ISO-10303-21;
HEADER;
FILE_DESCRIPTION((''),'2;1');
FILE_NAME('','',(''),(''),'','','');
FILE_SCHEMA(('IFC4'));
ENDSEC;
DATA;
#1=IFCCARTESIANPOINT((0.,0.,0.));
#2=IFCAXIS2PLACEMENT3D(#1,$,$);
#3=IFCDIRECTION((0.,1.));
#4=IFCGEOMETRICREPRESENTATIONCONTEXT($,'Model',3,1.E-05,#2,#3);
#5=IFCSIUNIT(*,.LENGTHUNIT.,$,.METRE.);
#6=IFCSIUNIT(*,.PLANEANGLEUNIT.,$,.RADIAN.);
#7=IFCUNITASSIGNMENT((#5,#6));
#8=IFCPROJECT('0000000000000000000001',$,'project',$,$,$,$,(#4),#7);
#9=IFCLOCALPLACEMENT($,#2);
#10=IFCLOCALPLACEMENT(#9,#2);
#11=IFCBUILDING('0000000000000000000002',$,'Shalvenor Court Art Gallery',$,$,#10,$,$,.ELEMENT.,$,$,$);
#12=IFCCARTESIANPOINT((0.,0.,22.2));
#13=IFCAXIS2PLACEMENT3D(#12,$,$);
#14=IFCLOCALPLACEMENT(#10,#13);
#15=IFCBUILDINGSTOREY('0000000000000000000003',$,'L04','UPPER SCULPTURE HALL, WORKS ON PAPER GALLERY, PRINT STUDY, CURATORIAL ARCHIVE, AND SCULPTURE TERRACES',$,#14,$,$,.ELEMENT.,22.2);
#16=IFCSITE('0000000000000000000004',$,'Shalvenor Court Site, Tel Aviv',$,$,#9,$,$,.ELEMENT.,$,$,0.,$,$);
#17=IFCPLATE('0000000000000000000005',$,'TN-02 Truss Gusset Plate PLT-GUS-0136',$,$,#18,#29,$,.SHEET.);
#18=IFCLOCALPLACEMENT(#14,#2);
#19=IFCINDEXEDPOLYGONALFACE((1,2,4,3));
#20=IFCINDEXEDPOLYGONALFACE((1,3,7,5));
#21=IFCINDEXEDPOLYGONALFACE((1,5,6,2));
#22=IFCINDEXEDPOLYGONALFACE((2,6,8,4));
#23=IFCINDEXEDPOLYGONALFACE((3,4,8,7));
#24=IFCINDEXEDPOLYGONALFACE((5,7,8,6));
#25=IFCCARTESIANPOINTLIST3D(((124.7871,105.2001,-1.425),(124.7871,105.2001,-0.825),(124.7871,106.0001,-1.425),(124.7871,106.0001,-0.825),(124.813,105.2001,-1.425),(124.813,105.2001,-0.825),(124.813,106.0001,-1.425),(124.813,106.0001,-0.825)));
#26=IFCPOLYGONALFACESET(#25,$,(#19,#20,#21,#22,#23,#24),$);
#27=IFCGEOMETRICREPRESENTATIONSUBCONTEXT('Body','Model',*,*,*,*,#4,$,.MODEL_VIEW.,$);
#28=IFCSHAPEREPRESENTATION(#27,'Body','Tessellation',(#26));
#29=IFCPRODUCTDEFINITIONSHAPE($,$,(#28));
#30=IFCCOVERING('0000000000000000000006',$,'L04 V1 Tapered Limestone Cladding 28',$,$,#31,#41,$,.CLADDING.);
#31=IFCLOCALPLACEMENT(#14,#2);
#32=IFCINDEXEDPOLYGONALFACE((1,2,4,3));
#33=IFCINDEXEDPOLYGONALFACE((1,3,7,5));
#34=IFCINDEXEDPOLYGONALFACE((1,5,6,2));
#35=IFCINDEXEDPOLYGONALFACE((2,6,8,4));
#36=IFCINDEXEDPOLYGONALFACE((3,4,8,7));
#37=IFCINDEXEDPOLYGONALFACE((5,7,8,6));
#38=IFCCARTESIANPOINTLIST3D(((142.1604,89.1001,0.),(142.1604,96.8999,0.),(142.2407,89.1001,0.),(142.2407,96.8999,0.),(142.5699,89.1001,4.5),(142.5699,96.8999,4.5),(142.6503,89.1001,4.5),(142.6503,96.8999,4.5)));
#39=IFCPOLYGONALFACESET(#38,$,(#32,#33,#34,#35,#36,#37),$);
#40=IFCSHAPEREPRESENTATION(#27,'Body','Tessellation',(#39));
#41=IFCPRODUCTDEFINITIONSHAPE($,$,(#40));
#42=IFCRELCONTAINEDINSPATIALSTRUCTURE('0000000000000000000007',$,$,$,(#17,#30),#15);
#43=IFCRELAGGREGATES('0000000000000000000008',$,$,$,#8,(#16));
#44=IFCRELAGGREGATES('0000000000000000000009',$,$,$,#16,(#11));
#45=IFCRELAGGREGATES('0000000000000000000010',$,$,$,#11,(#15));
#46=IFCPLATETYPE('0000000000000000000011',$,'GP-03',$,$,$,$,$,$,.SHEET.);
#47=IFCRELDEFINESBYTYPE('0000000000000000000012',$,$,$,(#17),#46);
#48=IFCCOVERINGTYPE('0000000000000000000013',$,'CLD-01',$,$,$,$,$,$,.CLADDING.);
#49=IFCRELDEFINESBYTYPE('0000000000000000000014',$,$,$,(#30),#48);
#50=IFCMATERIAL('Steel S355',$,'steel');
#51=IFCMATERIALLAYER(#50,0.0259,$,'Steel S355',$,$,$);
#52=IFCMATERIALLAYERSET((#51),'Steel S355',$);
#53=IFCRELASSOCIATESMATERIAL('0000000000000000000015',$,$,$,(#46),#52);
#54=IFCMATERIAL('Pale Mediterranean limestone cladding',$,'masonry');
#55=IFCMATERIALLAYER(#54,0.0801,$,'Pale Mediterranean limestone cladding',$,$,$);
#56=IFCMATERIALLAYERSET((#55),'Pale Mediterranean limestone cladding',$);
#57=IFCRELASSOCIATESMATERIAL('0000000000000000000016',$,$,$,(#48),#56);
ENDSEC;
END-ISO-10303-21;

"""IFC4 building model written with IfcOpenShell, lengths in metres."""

from ifc_helpers import new_model, si_unit, direction, frame, origin, origin_2d, place, context, subcontext, project, spatial, polyline, rectangle, outline, extrude, material, layer, layer_set, type_object, element, save


model = new_model("IFC4")

# Units and contexts
model_context = context("Model", 3, precision=1e-05, world=origin(), true_north=direction((0.0, 1.0)))
body_context = subcontext(model_context, "Body", "Model", "MODEL_VIEW")
ifc_project = project(units=[si_unit("LENGTHUNIT", "METRE"), si_unit("PLANEANGLEUNIT", "RADIAN")], contexts=[model_context])

# Site, building, storey
site_placement = place(None, origin())
site = spatial("IfcSite", under=ifc_project, at=site_placement, Name="Shalvenor Court Site, Tel Aviv", CompositionType="ELEMENT", RefElevation=0.0)
building_placement = place(site_placement, origin())
building = spatial("IfcBuilding", under=site, at=building_placement, Name="Shalvenor Court Art Gallery", CompositionType="ELEMENT")
storey_placement = place(building_placement, frame((0.0, 0.0, 22.2)))
storey = spatial("IfcBuildingStorey", under=building, at=storey_placement, Name="L04", Description="UPPER SCULPTURE HALL, WORKS ON PAPER GALLERY, PRINT STUDY, CURATORIAL ARCHIVE, AND SCULPTURE TERRACES", CompositionType="ELEMENT", Elevation=22.2)

# Plate
ifc_material_1 = material(Name="Steel S355", Category="steel")
ifc_layer_1 = layer(ifc_material_1, 0.0259, Name="Steel S355")
ifc_layer_set_1 = layer_set([ifc_layer_1], Name="Steel S355")
plate_type_1 = type_object("IfcPlateType", Name="GP-03", PredefinedType="SHEET", material=ifc_layer_set_1)
for number, where, z_axis, x_axis, name in (
    (1, (124.8, 105.6001, -1.425), (0.0, 0.0, 1.0), (0.0, 1.0, 0.0), "TN-02 Truss Gusset Plate PLT-GUS-0136"),
):
    element("IfcPlate", number, at=place(storey_placement, frame(where, z_axis=z_axis, x_axis=x_axis)), inside=storey, type_object=plate_type_1, Name=name, PredefinedType="SHEET", context=body_context, shape_type="SweptSolid", body=[
        extrude(rectangle(XDim=0.8, YDim=0.0259, at=origin_2d()), origin(), (0.0, 0.0, 1.0), 0.6001),
    ])

# Covering
ifc_material_2 = material(Name="Pale Mediterranean limestone cladding", Category="masonry")
ifc_layer_2 = layer(ifc_material_2, 0.0801, Name="Pale Mediterranean limestone cladding")
ifc_layer_set_2 = layer_set([ifc_layer_2], Name="Pale Mediterranean limestone cladding")
covering_type = type_object("IfcCoveringType", Name="CLD-01", PredefinedType="CLADDING", material=ifc_layer_set_2)
covering_placement = place(storey_placement, frame((142.1604, 96.8999, 0.0), z_axis=(0.0, 0.0, 1.0), x_axis=(0.0, -1.0, 0.0)))
element("IfcCovering", 2, at=covering_placement, inside=storey, type_object=covering_type, Name="L04 V1 Tapered Limestone Cladding 28", PredefinedType="CLADDING", context=body_context, shape_type="SweptSolid", body=[
    extrude(outline(polyline([(0.0, 0.0), (7.7998, 0.0), (7.7998, 4.5186), (0.0, 4.5186), (0.0, 0.0)])), frame((0.0, 0.0, 0.0), z_axis=(0.0, -0.995884, 0.090633), x_axis=(1.0, 0.0, 0.0)), (0.0, 0.090633, -0.995884), 0.0803),
])

save(model, "model.ifc")
